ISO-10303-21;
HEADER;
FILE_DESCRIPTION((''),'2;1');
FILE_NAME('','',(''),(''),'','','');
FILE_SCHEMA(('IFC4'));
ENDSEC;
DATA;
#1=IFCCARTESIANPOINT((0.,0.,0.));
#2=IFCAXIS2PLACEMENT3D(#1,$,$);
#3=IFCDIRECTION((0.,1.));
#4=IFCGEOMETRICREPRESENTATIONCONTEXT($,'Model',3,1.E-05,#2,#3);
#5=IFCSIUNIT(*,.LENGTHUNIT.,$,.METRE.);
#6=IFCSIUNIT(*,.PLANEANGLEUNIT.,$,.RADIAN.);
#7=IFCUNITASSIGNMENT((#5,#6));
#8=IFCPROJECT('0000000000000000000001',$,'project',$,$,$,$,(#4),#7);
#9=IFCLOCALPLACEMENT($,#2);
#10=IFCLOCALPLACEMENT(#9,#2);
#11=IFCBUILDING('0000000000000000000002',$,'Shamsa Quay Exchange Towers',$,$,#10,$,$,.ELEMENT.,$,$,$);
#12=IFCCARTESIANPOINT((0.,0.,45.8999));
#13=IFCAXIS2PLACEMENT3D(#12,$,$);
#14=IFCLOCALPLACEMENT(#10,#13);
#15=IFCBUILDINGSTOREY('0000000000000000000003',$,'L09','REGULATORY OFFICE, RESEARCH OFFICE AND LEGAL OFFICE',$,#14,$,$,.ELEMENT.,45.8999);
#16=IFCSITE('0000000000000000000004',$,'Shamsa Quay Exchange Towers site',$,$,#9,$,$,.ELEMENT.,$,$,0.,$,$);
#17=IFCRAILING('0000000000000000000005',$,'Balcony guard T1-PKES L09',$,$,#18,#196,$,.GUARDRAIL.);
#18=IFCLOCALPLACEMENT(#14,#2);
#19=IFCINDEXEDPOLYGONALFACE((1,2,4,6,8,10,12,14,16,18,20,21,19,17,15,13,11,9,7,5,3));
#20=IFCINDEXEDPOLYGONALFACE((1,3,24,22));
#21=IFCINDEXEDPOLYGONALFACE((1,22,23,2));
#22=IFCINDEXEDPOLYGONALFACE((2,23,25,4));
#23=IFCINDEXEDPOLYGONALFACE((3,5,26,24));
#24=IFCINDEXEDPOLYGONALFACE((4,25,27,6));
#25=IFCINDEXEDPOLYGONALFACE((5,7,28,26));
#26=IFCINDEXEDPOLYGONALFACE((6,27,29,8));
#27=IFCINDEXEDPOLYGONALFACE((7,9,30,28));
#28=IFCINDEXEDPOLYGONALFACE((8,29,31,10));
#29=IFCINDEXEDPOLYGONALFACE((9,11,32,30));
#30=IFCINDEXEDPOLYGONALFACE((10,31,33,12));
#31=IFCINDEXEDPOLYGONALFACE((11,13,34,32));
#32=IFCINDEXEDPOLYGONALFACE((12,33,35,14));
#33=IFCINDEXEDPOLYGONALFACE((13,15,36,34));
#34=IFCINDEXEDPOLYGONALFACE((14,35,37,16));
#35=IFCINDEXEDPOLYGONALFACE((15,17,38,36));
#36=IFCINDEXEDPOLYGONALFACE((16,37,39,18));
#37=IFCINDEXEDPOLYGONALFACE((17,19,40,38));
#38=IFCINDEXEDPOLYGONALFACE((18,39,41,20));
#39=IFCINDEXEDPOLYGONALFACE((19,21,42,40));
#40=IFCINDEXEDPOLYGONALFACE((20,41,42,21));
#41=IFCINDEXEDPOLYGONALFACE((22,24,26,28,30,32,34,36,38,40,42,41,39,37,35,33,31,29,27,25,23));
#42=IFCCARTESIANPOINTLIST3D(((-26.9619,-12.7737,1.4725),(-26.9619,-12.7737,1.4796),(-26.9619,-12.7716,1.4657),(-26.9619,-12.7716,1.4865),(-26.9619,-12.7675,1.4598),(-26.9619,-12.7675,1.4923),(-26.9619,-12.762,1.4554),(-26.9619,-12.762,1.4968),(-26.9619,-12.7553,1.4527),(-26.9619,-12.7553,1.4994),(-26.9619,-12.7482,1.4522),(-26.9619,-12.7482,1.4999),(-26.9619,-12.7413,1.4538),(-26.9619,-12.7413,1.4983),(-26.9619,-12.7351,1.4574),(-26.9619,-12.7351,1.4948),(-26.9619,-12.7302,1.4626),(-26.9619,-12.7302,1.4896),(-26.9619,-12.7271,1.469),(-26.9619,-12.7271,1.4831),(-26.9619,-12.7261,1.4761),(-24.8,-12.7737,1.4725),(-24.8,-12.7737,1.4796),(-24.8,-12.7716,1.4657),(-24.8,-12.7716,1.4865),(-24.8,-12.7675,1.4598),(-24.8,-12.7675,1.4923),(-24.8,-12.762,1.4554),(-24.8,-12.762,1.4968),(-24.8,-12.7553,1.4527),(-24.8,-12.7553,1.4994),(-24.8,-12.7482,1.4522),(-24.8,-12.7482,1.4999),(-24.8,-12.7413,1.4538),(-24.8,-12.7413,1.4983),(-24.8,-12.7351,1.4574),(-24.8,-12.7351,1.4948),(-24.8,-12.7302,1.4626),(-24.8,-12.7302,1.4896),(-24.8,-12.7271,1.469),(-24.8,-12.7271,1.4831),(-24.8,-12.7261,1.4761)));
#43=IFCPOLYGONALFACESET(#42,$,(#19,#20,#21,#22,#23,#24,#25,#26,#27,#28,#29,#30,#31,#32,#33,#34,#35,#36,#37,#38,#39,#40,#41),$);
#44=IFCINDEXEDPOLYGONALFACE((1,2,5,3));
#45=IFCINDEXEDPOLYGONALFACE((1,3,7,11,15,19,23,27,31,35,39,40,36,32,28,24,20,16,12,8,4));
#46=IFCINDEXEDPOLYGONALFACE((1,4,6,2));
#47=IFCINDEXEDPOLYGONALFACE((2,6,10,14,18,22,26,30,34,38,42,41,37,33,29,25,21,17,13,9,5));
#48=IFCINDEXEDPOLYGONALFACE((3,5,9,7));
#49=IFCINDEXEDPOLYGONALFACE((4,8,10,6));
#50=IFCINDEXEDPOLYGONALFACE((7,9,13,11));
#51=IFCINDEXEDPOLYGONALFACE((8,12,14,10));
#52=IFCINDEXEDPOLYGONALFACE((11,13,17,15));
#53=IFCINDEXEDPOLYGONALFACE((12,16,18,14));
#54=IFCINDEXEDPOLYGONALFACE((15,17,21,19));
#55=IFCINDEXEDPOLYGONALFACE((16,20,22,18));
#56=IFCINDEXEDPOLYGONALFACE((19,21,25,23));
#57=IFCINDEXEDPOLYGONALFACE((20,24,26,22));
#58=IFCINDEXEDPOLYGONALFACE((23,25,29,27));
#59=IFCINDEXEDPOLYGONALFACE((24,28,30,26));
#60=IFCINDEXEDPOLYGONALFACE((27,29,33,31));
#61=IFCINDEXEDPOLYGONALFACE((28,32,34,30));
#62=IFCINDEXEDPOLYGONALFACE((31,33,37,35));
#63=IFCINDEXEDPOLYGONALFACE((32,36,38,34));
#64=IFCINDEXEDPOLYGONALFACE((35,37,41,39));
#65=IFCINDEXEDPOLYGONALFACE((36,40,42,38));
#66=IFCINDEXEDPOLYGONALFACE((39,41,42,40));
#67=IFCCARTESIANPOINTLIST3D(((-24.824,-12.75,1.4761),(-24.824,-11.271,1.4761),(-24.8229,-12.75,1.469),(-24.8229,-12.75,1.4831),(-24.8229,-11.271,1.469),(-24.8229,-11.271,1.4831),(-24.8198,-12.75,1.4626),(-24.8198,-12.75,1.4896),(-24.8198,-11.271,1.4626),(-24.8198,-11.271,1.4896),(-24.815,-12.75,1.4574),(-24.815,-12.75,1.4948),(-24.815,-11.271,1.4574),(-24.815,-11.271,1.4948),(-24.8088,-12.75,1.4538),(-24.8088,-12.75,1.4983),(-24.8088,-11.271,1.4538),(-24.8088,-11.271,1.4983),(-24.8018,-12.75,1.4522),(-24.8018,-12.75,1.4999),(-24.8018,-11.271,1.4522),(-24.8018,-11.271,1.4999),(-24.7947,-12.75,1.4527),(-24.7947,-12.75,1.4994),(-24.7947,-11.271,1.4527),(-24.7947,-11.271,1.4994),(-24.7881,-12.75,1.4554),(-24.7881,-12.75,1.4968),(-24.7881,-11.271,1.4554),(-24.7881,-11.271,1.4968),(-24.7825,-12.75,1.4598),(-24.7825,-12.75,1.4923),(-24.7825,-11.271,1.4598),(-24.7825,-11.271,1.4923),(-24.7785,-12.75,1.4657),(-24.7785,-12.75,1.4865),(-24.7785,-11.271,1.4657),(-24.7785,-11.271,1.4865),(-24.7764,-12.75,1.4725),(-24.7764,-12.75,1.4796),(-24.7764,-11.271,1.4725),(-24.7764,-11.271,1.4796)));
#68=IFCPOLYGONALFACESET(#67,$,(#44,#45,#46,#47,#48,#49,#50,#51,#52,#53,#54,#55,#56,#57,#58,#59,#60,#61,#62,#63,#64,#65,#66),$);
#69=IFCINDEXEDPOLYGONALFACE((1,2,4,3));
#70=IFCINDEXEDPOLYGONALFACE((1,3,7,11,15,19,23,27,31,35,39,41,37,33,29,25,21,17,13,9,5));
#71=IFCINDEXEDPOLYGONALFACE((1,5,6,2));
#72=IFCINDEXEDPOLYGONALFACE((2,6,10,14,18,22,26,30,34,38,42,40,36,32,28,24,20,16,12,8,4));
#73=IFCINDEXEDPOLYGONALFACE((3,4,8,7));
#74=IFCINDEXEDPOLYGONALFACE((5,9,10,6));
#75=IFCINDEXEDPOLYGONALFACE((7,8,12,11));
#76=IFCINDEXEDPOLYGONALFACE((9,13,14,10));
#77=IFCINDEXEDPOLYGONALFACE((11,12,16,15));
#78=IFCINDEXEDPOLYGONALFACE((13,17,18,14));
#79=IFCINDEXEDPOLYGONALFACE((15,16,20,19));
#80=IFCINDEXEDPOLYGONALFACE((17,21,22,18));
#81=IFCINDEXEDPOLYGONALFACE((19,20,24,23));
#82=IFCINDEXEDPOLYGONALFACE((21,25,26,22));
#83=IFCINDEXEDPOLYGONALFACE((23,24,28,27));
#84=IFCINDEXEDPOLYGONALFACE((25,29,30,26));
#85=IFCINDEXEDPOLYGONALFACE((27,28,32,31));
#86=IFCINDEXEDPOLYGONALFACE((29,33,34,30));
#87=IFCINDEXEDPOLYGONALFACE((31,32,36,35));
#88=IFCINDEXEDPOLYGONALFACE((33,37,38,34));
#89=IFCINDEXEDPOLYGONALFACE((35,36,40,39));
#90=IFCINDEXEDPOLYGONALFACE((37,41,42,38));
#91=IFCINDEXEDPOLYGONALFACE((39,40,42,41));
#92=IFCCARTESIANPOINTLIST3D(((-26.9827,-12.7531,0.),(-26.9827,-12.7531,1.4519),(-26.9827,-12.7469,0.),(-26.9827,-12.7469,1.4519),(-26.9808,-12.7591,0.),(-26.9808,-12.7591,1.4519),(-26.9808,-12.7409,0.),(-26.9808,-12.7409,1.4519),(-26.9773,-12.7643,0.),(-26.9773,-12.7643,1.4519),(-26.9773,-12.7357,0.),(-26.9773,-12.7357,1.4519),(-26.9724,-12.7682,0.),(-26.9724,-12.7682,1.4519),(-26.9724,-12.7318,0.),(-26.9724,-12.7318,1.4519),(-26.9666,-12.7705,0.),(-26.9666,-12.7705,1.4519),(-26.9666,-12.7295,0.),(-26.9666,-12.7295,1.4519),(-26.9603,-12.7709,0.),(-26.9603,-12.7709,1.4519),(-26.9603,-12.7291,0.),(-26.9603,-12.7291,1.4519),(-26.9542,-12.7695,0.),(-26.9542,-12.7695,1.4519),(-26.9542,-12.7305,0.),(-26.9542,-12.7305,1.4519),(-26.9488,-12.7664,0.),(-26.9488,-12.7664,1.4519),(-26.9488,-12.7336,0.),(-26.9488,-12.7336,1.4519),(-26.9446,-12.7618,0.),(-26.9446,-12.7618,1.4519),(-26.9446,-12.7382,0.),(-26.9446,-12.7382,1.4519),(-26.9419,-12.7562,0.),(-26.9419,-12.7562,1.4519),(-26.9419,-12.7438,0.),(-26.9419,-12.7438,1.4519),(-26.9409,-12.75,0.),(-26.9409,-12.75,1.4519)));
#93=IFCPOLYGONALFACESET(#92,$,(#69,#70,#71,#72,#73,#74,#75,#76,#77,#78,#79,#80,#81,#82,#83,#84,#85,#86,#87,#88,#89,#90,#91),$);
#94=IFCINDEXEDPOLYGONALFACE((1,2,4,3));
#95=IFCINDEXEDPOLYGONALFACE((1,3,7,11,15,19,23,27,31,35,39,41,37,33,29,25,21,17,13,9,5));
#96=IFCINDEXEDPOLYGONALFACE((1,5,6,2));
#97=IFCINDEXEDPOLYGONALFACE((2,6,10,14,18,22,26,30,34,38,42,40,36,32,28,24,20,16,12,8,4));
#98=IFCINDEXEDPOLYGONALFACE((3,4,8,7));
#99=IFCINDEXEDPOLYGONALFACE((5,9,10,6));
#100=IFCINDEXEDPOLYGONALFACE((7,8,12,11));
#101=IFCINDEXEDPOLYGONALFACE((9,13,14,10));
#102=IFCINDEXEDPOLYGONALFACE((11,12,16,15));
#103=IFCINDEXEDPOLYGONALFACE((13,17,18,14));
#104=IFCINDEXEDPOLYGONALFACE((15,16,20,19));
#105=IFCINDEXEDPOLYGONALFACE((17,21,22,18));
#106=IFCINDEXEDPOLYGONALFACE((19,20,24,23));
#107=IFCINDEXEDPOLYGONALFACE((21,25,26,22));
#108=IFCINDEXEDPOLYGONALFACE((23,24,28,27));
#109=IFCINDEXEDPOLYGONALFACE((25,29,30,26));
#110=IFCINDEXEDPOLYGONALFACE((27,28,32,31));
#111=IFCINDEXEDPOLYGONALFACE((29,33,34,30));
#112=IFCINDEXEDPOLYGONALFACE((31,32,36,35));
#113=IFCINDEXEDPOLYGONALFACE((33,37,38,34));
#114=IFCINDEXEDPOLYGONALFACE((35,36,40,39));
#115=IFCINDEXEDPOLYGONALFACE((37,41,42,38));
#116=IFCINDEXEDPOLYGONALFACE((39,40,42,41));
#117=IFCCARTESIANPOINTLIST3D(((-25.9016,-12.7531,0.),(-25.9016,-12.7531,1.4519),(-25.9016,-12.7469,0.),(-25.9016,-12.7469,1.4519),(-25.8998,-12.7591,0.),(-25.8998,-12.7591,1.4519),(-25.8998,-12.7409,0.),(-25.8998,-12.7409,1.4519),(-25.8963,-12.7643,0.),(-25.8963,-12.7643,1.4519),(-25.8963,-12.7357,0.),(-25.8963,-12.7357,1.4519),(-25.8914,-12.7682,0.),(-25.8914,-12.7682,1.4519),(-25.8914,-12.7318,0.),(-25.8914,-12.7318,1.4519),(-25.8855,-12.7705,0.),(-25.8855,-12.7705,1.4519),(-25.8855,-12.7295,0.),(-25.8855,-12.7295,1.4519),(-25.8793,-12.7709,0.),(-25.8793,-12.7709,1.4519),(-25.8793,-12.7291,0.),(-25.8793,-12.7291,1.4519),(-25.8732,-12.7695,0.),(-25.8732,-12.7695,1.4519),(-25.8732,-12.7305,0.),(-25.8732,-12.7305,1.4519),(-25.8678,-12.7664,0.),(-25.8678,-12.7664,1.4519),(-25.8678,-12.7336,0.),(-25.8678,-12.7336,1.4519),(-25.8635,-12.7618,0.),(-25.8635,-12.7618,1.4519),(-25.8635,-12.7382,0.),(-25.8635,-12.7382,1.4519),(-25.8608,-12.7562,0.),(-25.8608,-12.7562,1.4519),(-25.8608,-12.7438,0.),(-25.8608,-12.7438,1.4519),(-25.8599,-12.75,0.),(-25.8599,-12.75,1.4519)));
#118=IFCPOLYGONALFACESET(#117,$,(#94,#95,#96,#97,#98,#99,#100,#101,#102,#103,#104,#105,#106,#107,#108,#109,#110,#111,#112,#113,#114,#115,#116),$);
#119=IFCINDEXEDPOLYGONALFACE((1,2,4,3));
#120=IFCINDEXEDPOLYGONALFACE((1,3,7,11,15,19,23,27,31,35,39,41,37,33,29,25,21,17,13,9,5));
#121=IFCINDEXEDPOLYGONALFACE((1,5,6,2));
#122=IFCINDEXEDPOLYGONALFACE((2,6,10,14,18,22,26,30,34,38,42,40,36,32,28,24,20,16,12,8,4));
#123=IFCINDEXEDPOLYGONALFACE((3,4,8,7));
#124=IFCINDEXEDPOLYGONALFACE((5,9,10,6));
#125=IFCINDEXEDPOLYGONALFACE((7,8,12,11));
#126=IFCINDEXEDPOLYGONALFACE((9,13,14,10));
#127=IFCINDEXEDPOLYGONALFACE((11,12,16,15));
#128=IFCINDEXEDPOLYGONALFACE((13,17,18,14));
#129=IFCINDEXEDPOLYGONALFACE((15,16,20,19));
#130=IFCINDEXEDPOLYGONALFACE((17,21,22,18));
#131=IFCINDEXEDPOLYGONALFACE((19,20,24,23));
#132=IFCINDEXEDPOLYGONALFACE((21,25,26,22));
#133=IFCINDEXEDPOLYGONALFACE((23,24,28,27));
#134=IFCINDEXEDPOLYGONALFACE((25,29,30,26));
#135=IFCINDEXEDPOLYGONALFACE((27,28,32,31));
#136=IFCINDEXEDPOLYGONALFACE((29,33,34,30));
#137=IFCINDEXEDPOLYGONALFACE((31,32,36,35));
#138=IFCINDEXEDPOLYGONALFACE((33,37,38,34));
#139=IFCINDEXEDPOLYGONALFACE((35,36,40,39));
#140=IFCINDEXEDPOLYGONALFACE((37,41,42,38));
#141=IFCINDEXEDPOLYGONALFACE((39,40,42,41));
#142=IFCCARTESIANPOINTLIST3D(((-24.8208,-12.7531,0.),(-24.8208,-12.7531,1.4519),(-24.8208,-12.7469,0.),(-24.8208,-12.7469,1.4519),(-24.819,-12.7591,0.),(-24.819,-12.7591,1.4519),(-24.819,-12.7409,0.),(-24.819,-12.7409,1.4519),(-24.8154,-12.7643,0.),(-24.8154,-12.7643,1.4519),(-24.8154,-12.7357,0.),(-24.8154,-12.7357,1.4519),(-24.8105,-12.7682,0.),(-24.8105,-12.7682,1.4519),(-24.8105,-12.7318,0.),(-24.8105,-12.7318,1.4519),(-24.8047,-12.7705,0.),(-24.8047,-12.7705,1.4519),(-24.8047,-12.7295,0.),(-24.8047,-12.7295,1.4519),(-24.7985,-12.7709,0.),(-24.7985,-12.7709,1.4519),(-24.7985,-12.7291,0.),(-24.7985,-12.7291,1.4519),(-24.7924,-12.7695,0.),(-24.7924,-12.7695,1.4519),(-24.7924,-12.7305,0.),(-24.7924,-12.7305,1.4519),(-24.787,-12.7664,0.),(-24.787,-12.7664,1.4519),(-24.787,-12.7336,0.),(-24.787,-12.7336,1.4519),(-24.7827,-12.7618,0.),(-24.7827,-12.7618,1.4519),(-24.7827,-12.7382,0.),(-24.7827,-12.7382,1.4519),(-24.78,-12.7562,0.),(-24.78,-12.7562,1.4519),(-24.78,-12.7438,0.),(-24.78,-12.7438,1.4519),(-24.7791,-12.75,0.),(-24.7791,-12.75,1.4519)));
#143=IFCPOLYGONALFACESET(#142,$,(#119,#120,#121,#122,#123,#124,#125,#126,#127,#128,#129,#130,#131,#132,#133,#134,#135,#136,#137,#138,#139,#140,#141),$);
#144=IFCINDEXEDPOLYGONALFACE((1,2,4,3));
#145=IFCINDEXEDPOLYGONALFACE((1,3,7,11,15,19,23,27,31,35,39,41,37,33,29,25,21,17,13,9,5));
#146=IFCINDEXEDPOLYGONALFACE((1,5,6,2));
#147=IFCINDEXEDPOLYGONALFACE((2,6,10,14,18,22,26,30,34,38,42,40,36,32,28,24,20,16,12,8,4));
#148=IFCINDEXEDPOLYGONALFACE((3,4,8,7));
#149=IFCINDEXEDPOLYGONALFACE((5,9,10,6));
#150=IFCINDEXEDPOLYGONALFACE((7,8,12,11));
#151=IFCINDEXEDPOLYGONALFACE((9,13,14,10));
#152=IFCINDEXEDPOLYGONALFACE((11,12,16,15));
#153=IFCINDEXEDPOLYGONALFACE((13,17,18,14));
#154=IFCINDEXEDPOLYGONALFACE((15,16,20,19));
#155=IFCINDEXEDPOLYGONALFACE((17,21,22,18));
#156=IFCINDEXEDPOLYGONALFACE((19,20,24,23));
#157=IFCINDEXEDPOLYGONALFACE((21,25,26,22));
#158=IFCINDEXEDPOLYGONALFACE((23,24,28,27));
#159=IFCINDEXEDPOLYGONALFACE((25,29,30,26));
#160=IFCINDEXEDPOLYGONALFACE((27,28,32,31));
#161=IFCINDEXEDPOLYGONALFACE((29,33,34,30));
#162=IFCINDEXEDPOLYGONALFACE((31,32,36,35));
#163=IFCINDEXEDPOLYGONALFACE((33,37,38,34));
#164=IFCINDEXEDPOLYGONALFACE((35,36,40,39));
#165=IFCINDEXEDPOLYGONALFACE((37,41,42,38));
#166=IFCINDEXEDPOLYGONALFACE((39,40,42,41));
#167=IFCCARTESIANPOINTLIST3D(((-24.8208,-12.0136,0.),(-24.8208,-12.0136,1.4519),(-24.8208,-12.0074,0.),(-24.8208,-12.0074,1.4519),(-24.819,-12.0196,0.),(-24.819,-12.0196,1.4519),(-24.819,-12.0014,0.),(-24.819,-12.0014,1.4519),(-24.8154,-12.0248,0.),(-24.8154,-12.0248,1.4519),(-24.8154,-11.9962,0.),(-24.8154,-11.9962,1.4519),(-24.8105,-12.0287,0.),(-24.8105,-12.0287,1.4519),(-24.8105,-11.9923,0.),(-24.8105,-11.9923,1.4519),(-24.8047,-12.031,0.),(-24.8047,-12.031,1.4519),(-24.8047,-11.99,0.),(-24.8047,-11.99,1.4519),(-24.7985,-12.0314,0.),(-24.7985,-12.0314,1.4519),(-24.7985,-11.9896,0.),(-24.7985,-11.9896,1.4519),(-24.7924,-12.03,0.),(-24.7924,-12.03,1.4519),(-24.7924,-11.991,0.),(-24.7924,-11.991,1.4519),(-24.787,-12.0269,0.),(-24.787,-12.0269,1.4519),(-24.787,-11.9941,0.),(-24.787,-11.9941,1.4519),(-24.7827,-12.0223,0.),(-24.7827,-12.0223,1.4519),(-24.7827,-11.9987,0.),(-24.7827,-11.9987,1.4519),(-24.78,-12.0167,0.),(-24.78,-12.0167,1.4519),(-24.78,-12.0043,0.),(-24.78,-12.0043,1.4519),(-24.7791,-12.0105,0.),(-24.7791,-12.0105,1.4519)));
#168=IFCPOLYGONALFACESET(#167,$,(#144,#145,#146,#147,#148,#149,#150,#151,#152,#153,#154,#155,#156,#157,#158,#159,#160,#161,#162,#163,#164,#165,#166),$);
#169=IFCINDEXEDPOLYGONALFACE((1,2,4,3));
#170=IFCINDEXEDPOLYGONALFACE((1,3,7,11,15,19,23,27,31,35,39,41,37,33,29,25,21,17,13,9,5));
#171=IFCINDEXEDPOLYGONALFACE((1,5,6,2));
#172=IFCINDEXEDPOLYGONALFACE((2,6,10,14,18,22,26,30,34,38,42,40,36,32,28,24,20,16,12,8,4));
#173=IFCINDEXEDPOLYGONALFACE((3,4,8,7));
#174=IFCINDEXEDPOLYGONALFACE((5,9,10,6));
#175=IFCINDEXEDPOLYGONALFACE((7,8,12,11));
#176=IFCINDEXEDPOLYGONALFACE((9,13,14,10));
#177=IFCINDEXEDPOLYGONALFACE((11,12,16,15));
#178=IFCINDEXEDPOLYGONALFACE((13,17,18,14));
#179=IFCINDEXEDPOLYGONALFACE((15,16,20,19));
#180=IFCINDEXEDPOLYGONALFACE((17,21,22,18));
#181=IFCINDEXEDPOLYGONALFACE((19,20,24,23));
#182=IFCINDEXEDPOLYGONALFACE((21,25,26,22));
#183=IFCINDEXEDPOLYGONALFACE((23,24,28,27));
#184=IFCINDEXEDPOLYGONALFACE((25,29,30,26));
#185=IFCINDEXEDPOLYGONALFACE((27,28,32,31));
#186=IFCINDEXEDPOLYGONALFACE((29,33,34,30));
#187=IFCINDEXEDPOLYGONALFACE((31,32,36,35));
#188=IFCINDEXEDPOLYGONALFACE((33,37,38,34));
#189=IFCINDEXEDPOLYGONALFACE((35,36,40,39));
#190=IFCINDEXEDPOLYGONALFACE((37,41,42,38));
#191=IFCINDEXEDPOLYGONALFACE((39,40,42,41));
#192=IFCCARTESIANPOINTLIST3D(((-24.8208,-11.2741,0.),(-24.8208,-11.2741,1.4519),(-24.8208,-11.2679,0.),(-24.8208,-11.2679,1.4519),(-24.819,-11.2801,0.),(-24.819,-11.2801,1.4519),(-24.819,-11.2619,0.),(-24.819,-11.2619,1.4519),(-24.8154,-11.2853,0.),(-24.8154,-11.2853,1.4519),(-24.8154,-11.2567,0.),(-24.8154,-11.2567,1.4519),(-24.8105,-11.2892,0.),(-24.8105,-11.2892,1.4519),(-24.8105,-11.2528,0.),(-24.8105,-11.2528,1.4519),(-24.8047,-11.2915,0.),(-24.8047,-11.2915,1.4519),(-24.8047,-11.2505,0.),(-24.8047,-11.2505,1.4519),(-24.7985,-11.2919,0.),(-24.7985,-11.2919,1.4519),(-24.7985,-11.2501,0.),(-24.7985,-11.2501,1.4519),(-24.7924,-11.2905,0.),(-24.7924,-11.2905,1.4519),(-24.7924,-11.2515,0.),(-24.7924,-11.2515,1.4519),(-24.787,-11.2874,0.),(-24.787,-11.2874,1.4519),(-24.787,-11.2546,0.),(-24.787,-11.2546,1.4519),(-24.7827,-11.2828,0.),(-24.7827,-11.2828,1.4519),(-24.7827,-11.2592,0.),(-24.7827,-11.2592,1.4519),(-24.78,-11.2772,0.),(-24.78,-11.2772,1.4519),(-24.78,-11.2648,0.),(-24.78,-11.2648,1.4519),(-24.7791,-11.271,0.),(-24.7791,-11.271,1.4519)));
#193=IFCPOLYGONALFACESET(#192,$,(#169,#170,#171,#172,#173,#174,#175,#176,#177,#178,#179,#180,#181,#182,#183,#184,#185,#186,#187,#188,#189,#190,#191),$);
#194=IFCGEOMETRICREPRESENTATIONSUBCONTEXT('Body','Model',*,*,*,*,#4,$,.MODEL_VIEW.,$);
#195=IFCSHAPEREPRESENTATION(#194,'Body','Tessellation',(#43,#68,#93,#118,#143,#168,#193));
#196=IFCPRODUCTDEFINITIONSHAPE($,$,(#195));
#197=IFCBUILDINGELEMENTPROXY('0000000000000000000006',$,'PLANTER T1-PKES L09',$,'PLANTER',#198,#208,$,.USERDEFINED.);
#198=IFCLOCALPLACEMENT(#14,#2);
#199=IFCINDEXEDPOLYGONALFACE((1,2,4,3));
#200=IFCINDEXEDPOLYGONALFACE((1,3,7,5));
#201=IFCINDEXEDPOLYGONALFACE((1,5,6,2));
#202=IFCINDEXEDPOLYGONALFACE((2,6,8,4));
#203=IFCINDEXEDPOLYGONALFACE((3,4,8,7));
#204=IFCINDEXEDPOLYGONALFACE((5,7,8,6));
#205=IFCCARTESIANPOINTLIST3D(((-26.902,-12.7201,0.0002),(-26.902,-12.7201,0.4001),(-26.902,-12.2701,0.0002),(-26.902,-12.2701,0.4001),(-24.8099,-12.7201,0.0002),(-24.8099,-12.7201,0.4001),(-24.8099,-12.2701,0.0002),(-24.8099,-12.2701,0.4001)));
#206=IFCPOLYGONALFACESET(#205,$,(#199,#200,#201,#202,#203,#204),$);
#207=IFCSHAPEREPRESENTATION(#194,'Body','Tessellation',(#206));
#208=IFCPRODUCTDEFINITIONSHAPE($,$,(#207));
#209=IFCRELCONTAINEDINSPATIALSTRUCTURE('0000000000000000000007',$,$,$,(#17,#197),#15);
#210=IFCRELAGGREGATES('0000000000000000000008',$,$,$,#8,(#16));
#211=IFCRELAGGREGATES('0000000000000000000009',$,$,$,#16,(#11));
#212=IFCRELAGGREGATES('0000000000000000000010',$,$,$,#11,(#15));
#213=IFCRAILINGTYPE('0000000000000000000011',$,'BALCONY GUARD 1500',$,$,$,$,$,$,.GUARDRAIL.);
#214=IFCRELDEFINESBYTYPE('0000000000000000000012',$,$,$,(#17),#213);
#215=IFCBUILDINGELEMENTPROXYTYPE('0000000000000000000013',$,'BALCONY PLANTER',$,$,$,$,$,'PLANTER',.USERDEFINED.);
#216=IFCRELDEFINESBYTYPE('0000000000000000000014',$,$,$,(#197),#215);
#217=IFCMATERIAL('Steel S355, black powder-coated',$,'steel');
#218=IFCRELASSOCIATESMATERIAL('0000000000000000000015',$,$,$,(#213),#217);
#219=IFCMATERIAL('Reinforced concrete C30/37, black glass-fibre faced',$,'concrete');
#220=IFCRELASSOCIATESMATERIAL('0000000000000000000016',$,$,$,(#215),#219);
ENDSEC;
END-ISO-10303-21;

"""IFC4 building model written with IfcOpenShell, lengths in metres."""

from ifc_helpers import new_model, si_unit, direction, frame, origin, origin_2d, place, context, subcontext, project, spatial, rectangle, circle, extrude, material, type_object, element, save


model = new_model("IFC4")

# Units and contexts
model_context = context("Model", 3, precision=1e-05, world=origin(), true_north=direction((0.0, 1.0)))
body_context = subcontext(model_context, "Body", "Model", "MODEL_VIEW")
ifc_project = project(units=[si_unit("LENGTHUNIT", "METRE"), si_unit("PLANEANGLEUNIT", "RADIAN")], contexts=[model_context])

# Site, building, storey
site_placement = place(None, origin())
site = spatial("IfcSite", under=ifc_project, at=site_placement, Name="Shamsa Quay Exchange Towers site", CompositionType="ELEMENT", RefElevation=0.0)
building_placement = place(site_placement, origin())
building = spatial("IfcBuilding", under=site, at=building_placement, Name="Shamsa Quay Exchange Towers", CompositionType="ELEMENT")
storey_placement = place(building_placement, frame((0.0, 0.0, 45.8999)))
storey = spatial("IfcBuildingStorey", under=building, at=storey_placement, Name="L09", Description="REGULATORY OFFICE, RESEARCH OFFICE AND LEGAL OFFICE", CompositionType="ELEMENT", Elevation=45.8999)

# Railing
ifc_material_1 = material(Name="Steel S355, black powder-coated", Category="steel")
railing_type_1 = type_object("IfcRailingType", Name="BALCONY GUARD 1500", PredefinedType="GUARDRAIL", material=ifc_material_1)
railing_1_placement = place(storey_placement, frame((-26.9619, -12.75, 0.0)))
element("IfcRailing", 1, at=railing_1_placement, inside=storey, type_object=railing_type_1, Name="Balcony guard T1-PKES L09", PredefinedType="GUARDRAIL", context=body_context, shape_type="SweptSolid", body=[
    extrude(circle(Radius=0.0239, at=origin_2d()), frame((0.0, 0.0, 1.4761), z_axis=(1.0, 0.0, 0.0), x_axis=(0.0, 1.0, 0.0)), (0.0, 0.0, 1.0), 2.1619),
    extrude(circle(Radius=0.0239, at=origin_2d()), frame((2.1619, 0.0, 1.4761), z_axis=(0.0, 1.0, 0.0), x_axis=(-1.0, 0.0, 0.0)), (0.0, 0.0, 1.0), 1.479),
    extrude(circle(Radius=0.021, at=origin_2d()), origin(), (0.0, 0.0, 1.0), 1.4519),
    extrude(circle(Radius=0.021, at=origin_2d()), frame((1.0811, 0.0, 0.0)), (0.0, 0.0, 1.0), 1.4519),
    extrude(circle(Radius=0.021, at=origin_2d()), frame((2.1619, 0.0, 0.0)), (0.0, 0.0, 1.0), 1.4519),
    extrude(circle(Radius=0.021, at=origin_2d()), frame((2.1619, 0.7395, 0.0)), (0.0, 0.0, 1.0), 1.4519),
    extrude(circle(Radius=0.021, at=origin_2d()), frame((2.1619, 1.479, 0.0)), (0.0, 0.0, 1.0), 1.4519),
])

# Building element proxy
ifc_material_2 = material(Name="Reinforced concrete C30/37, black glass-fibre faced", Category="concrete")
building_element_proxy_type = type_object("IfcBuildingElementProxyType", Name="BALCONY PLANTER", ElementType="PLANTER", PredefinedType="USERDEFINED", material=ifc_material_2)
proxy_placement = place(storey_placement, frame((-25.856, -12.4951, 0.0002)))
element("IfcBuildingElementProxy", 2, at=proxy_placement, inside=storey, type_object=building_element_proxy_type, Name="PLANTER T1-PKES L09", ObjectType="PLANTER", PredefinedType="USERDEFINED", context=body_context, shape_type="SweptSolid", body=[
    extrude(rectangle(XDim=2.092, YDim=0.45, at=origin_2d()), origin(), (0.0, 0.0, 1.0), 0.3999),
])

save(model, "model.ifc")
